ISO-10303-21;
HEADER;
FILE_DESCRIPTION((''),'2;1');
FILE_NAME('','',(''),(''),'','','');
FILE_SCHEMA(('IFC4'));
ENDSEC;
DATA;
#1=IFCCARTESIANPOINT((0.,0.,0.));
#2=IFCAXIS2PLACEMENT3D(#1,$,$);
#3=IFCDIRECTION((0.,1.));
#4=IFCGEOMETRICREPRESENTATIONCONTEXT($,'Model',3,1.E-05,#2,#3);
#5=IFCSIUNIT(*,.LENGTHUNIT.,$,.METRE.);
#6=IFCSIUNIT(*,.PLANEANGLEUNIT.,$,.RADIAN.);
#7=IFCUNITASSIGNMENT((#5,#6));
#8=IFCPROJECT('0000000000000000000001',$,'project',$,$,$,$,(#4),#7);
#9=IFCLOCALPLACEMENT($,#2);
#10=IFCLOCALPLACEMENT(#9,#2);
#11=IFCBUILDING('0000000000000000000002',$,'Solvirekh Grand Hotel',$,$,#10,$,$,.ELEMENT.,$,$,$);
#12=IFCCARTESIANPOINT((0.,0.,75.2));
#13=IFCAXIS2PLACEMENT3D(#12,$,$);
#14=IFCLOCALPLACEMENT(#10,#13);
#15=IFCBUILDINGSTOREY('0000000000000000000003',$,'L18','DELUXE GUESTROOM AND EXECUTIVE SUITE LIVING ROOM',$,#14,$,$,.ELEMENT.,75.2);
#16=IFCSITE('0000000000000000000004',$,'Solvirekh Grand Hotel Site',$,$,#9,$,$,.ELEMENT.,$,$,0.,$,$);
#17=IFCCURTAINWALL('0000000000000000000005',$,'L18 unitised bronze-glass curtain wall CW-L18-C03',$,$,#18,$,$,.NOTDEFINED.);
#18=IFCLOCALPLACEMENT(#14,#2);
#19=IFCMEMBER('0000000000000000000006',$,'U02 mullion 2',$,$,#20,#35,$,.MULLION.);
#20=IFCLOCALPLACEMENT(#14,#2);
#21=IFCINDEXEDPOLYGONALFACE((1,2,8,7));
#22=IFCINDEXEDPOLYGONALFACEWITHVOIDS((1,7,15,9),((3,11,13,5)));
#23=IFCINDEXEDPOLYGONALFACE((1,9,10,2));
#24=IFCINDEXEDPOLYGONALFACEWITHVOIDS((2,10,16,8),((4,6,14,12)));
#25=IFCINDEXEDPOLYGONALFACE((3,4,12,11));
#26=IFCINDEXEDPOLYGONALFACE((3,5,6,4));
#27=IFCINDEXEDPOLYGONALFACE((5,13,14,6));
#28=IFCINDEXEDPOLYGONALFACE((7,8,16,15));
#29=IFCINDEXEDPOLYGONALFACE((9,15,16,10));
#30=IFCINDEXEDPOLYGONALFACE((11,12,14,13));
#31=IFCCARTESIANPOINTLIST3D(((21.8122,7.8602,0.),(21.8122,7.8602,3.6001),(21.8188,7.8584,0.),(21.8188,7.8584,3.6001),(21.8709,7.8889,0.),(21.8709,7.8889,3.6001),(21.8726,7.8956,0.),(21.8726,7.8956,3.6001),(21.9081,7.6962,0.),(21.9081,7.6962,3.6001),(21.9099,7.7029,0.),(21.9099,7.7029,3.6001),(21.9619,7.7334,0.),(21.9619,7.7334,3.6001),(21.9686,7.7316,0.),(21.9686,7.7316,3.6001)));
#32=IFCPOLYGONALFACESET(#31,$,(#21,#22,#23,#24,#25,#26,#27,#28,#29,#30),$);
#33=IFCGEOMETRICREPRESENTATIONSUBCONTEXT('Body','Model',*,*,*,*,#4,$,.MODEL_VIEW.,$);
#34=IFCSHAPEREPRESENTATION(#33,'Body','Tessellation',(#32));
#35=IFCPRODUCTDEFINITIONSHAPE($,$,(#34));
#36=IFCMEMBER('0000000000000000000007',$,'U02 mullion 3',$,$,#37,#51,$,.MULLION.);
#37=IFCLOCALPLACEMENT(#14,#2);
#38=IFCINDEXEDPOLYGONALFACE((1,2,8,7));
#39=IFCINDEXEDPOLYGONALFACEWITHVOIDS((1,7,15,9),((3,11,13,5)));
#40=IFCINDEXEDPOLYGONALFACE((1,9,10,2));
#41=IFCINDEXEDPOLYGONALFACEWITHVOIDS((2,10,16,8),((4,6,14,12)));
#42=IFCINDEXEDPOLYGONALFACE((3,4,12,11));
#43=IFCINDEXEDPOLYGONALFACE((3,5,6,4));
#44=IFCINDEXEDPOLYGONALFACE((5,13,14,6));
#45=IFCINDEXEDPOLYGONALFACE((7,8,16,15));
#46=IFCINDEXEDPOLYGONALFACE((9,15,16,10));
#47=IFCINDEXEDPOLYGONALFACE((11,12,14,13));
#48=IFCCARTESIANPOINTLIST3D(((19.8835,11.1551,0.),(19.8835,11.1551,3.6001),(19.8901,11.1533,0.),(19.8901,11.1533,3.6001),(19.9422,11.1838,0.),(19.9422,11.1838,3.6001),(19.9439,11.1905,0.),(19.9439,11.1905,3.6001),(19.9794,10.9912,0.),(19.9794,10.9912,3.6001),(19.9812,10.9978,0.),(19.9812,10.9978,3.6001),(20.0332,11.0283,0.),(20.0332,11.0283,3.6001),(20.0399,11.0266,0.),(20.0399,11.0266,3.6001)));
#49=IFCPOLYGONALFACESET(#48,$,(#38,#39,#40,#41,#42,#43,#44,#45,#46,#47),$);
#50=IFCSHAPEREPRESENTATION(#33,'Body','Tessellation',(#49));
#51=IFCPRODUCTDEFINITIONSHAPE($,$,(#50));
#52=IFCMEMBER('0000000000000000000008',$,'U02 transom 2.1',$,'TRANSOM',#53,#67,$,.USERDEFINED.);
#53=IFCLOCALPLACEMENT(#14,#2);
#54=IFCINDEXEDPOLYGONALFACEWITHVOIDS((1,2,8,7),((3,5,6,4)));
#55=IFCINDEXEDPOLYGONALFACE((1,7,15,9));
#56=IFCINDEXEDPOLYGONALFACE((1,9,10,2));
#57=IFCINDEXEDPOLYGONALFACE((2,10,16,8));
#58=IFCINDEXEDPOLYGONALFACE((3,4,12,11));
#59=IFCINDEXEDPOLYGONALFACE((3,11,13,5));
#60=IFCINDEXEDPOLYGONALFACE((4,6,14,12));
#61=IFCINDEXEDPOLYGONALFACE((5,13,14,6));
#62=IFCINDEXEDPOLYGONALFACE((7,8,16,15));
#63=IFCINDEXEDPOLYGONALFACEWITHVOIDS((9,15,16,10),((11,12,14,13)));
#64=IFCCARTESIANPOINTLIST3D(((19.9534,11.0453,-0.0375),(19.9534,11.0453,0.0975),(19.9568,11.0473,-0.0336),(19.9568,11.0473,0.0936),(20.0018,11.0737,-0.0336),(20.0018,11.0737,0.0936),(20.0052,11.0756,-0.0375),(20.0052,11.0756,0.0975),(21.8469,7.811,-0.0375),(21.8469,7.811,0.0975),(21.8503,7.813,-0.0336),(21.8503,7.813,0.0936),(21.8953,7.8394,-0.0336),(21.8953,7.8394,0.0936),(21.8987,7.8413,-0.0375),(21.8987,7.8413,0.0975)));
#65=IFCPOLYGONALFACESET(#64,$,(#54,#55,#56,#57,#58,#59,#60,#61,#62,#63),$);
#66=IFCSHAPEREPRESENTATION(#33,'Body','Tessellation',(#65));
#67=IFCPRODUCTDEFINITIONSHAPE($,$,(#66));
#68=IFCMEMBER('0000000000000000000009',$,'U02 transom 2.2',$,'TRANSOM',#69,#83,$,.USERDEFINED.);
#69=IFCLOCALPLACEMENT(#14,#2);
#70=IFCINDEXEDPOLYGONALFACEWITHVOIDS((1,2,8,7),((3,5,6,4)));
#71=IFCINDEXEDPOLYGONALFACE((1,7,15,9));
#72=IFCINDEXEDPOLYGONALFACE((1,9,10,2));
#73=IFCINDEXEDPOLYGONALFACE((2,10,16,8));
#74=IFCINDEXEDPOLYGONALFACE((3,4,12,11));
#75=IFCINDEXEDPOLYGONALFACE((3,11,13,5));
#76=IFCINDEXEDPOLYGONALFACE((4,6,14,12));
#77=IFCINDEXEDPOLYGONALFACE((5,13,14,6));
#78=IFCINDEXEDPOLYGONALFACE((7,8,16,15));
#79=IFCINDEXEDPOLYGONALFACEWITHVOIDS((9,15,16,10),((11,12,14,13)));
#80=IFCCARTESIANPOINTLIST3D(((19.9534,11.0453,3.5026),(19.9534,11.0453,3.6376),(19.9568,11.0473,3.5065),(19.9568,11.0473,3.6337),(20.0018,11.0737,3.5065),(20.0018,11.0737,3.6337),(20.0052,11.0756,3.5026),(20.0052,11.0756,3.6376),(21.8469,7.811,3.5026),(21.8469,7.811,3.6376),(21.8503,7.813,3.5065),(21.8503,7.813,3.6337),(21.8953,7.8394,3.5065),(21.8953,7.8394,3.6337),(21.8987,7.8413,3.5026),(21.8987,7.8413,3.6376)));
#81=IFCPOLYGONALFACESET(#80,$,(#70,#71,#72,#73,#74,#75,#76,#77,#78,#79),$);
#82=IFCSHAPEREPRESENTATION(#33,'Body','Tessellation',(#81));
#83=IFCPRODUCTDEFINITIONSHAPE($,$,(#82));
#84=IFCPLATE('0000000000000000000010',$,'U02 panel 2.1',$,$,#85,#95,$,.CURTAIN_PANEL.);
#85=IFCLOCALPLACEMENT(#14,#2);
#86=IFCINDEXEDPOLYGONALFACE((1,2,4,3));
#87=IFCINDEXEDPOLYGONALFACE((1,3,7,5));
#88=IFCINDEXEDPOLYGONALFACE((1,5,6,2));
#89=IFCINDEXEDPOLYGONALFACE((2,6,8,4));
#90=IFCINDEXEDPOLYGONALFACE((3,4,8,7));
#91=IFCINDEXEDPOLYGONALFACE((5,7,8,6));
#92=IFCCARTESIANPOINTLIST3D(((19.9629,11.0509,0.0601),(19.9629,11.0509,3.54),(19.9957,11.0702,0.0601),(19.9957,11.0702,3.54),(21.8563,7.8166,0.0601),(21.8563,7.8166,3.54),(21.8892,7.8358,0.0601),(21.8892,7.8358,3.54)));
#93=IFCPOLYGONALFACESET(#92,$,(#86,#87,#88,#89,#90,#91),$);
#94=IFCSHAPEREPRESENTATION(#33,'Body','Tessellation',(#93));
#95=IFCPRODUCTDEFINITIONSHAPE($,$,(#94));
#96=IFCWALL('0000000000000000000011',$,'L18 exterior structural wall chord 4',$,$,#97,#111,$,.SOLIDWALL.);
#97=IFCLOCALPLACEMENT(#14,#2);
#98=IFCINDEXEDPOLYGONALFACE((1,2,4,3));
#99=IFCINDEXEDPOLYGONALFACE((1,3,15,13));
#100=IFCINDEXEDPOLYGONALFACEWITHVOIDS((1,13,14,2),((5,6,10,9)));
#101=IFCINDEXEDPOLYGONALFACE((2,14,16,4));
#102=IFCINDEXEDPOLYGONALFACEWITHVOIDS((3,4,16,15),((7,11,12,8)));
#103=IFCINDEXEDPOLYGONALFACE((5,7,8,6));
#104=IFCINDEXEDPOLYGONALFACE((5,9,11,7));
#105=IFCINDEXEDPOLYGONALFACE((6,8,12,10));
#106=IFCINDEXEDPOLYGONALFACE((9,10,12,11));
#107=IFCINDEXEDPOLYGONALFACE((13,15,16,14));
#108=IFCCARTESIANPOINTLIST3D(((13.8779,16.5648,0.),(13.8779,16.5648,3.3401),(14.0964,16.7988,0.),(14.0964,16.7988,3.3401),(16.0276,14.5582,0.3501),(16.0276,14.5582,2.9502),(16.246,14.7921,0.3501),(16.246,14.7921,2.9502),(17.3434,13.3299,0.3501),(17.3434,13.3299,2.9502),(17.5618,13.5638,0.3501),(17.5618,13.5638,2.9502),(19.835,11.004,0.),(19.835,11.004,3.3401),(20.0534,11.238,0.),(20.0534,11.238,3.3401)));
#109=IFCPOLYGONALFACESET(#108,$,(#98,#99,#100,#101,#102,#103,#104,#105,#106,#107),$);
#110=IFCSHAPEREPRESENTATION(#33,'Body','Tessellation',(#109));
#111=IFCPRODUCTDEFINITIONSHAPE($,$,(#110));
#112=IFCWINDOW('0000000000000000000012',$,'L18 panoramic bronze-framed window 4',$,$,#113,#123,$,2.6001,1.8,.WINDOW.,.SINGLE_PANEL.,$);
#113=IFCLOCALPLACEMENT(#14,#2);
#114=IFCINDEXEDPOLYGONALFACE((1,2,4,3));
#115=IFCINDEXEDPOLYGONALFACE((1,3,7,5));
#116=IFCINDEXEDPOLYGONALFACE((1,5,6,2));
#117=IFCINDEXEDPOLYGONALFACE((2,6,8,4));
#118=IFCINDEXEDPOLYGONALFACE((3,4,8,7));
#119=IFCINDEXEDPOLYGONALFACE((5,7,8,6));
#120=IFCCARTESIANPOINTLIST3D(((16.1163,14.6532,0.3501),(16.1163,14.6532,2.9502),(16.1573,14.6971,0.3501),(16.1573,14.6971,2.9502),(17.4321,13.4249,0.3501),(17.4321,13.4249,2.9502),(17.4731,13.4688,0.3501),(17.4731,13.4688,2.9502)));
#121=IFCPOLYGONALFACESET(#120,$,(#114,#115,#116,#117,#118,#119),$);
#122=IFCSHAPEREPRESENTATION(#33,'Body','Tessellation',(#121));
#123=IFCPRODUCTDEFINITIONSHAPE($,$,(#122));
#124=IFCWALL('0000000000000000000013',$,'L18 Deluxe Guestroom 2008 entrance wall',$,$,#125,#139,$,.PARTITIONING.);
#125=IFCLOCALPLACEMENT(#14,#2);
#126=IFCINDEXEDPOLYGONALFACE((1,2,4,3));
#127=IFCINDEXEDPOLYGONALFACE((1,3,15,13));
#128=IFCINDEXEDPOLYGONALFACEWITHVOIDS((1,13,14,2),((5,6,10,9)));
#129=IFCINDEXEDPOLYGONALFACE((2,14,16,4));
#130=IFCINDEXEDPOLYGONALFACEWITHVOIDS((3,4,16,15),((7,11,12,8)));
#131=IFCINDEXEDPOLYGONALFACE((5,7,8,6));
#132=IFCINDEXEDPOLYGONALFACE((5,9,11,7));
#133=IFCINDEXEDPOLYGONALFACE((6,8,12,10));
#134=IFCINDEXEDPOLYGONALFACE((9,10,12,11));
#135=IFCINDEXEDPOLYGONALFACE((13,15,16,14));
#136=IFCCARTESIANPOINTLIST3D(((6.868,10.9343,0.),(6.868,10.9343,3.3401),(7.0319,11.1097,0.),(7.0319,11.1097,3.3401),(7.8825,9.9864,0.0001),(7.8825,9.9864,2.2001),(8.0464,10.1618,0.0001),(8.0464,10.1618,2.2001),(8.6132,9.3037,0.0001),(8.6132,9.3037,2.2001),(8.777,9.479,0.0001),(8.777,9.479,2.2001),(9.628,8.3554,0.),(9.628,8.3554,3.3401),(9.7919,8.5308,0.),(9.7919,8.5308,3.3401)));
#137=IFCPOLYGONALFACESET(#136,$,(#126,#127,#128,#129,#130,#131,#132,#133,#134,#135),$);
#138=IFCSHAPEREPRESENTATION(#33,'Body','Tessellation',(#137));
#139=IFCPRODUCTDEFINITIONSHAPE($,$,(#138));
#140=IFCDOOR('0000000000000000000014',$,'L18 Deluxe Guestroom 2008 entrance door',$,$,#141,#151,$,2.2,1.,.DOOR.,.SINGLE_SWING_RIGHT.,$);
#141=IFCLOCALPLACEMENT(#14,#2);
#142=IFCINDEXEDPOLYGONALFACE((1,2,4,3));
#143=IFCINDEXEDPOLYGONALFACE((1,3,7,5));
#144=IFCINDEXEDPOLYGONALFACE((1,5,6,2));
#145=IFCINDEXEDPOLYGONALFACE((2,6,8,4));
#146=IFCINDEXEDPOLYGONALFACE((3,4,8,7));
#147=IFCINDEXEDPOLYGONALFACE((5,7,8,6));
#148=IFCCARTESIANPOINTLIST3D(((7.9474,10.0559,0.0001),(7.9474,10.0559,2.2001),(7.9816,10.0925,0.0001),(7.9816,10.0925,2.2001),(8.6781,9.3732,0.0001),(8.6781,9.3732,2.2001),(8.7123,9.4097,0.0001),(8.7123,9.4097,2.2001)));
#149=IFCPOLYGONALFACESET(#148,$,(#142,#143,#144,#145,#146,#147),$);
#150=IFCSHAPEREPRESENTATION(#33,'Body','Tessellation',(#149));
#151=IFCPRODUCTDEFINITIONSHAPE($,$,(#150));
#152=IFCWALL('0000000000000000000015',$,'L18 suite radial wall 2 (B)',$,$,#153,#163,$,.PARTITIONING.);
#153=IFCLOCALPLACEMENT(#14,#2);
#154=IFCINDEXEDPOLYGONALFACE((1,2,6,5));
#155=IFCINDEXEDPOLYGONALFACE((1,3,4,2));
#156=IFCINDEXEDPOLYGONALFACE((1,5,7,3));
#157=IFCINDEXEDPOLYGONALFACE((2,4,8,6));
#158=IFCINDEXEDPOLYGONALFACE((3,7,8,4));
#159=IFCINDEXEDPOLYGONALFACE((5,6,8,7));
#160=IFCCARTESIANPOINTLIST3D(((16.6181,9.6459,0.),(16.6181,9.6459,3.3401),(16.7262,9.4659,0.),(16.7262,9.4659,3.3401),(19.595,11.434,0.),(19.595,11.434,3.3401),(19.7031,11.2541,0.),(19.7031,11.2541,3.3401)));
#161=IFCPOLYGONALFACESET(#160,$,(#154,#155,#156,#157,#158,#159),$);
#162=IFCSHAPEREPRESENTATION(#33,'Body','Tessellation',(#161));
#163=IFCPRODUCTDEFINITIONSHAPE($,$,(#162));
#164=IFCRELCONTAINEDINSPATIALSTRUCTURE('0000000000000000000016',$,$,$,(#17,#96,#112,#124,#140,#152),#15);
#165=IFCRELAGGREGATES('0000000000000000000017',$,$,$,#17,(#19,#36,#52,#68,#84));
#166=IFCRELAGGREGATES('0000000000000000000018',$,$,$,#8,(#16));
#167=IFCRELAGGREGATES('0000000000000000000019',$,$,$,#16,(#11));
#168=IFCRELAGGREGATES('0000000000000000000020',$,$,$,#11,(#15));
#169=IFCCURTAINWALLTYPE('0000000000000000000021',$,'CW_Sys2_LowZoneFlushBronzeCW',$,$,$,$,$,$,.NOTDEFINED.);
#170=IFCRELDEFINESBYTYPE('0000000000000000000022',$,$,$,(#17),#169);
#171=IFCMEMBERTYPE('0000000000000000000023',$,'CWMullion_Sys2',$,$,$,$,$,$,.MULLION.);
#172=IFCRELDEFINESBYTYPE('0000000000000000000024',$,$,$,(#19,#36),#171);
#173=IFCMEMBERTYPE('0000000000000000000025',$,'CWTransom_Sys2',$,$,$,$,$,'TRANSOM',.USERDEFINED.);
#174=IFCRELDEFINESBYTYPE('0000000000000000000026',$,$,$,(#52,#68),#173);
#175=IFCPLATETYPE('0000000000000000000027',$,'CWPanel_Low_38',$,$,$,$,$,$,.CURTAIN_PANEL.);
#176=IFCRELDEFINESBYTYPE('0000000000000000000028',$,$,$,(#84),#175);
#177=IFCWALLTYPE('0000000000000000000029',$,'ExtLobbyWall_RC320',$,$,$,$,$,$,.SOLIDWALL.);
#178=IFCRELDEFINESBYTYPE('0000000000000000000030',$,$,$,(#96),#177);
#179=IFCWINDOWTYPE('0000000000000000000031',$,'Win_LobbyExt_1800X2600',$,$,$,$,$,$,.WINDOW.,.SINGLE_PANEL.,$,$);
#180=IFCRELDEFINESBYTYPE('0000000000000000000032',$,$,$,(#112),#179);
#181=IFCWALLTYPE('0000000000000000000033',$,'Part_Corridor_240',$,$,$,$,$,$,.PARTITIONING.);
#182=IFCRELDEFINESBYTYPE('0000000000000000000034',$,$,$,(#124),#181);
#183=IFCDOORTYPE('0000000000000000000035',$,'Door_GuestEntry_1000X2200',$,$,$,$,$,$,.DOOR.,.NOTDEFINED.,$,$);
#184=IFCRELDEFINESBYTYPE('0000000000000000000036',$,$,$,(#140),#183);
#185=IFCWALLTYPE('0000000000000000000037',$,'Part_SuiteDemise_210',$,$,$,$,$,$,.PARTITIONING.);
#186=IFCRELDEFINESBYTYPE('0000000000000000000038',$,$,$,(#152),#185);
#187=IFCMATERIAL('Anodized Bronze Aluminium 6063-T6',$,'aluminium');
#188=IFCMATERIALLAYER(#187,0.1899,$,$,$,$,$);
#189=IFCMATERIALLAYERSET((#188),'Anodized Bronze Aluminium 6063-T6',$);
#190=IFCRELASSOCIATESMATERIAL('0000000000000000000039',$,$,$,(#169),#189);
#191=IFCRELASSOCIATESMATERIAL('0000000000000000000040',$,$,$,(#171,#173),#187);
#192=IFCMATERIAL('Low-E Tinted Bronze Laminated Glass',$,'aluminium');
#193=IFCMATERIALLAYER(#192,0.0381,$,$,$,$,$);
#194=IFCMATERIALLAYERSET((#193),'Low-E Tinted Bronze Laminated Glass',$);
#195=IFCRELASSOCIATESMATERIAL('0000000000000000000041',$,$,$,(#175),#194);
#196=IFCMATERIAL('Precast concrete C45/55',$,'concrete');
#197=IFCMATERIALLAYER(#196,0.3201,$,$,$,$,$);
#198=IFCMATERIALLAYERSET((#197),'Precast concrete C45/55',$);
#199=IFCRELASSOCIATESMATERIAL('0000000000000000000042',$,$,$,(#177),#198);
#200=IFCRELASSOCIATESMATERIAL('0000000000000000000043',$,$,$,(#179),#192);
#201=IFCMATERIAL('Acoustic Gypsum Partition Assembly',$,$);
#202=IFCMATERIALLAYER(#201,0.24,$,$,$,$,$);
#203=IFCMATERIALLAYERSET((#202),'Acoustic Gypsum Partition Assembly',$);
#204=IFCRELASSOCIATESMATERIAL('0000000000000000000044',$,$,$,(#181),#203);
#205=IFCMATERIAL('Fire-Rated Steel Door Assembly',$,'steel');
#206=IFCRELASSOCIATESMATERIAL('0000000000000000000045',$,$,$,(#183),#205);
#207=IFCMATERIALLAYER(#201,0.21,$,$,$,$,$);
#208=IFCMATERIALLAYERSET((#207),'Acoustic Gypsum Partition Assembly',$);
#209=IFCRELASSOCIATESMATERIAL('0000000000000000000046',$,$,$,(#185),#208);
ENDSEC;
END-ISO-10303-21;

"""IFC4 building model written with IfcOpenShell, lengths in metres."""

from ifc_helpers import new_model, si_unit, direction, frame, frame_2d, origin, origin_2d, place, context, subcontext, project, spatial, rectangle, hollow_rectangle, extrude, source, transform, mapped, material, layer, layer_set, material_profile, profile_set, type_object, element, fill, aggregate, save


model = new_model("IFC4")

# Units and contexts
model_context = context("Model", 3, precision=1e-05, world=origin(), true_north=direction((0.0, 1.0)))
body_context = subcontext(model_context, "Body", "Model", "MODEL_VIEW")
ifc_project = project(units=[si_unit("LENGTHUNIT", "METRE"), si_unit("PLANEANGLEUNIT", "RADIAN")], contexts=[model_context])

# Site, building, storey
site_placement = place(None, origin())
site = spatial("IfcSite", under=ifc_project, at=site_placement, Name="Solvirekh Grand Hotel Site", CompositionType="ELEMENT", RefElevation=0.0)
building_placement = place(site_placement, origin())
building = spatial("IfcBuilding", under=site, at=building_placement, Name="Solvirekh Grand Hotel", CompositionType="ELEMENT")
storey_placement = place(building_placement, frame((0.0, 0.0, 75.2)))
storey = spatial("IfcBuildingStorey", under=building, at=storey_placement, Name="L18", Description="DELUXE GUESTROOM AND EXECUTIVE SUITE LIVING ROOM", CompositionType="ELEMENT", Elevation=75.2)

# Curtain wall, members, plate
ifc_material_1 = material(Name="Anodized Bronze Aluminium 6063-T6", Category="aluminium")
ifc_layer_1 = layer(ifc_material_1, 0.1899)
ifc_layer_set_1 = layer_set([ifc_layer_1], Name="Anodized Bronze Aluminium 6063-T6")
curtain_wall_type = type_object("IfcCurtainWallType", Name="CW_Sys2_LowZoneFlushBronzeCW", PredefinedType="NOTDEFINED", material=ifc_layer_set_1)
curtain_wall_placement = place(storey_placement, origin())
curtain_wall = element("IfcCurtainWall", 1, at=curtain_wall_placement, inside=storey, type_object=curtain_wall_type, Name="L18 unitised bronze-glass curtain wall CW-L18-C03", PredefinedType="NOTDEFINED")
ifc_material_profile_1 = material_profile(ifc_material_1, hollow_rectangle(XDim=0.0701, YDim=0.1899, WallThickness=0.0049, at=origin_2d()), Name="ALU RHS 190X70X5")
ifc_profile_set_1 = profile_set([ifc_material_profile_1], Name="Anodized Bronze Aluminium 6063-T6")
member_type_1 = type_object("IfcMemberType", Name="CWMullion_Sys2", PredefinedType="MULLION", material=ifc_profile_set_1)
shared_shape_1 = source(origin(), body_context, "Body", "SweptSolid", [
    extrude(hollow_rectangle(XDim=0.0701, YDim=0.1899, WallThickness=0.0049, at=origin_2d()), origin(), (0.0, 0.0, 1.0), 3.6001),
])
member_1_placement = place(storey_placement, frame((21.8904, 7.7959, 0.0), z_axis=(0.0, 0.0, 1.0), x_axis=(-0.862997, -0.50521, 0.0)))
member_1 = element("IfcMember", 2, at=member_1_placement, type_object=member_type_1, Name="U02 mullion 2", PredefinedType="MULLION", context=body_context, shape_type="MappedRepresentation", body=[
    mapped(shared_shape_1, transform((0.0, 0.0, 0.0), x_axis=(1.0, 0.0, 0.0), y_axis=(0.0, 1.0, 0.0), z_axis=(0.0, 0.0, 1.0), scale=1.0)),
])
member_2_placement = place(storey_placement, frame((19.9617, 11.0908, 0.0), z_axis=(0.0, 0.0, 1.0), x_axis=(-0.862997, -0.50521, 0.0)))
member_2 = element("IfcMember", 3, at=member_2_placement, type_object=member_type_1, Name="U02 mullion 3", PredefinedType="MULLION", context=body_context, shape_type="MappedRepresentation", body=[
    mapped(shared_shape_1, transform((0.0, 0.0, 0.0), x_axis=(1.0, 0.0, 0.0), y_axis=(0.0, 1.0, 0.0), z_axis=(0.0, 0.0, 1.0), scale=1.0)),
])
ifc_material_profile_2 = material_profile(ifc_material_1, hollow_rectangle(XDim=0.0601, YDim=0.135, WallThickness=0.0039, at=origin_2d()), Name="ALU RHS 135X60X4")
ifc_profile_set_2 = profile_set([ifc_material_profile_2], Name="Anodized Bronze Aluminium 6063-T6")
member_type_2 = type_object("IfcMemberType", Name="CWTransom_Sys2", ElementType="TRANSOM", PredefinedType="USERDEFINED", material=ifc_profile_set_2)
shared_shape_2 = source(origin(), body_context, "Body", "SweptSolid", [
    extrude(hollow_rectangle(XDim=0.0601, YDim=0.135, WallThickness=0.0039, at=origin_2d()), origin(), (0.0, 0.0, 1.0), 3.7478),
])
member_3_placement = place(storey_placement, frame((21.8728, 7.8262, 0.03), z_axis=(-0.505231, 0.862984, 0.0), x_axis=(-0.862984, -0.505231, 0.0)))
member_3 = element("IfcMember", 4, at=member_3_placement, type_object=member_type_2, Name="U02 transom 2.1", ObjectType="TRANSOM", PredefinedType="USERDEFINED", context=body_context, shape_type="MappedRepresentation", body=[
    mapped(shared_shape_2, transform((0.0, 0.0, 0.0), x_axis=(1.0, 0.0, 0.0), y_axis=(0.0, 1.0, 0.0), z_axis=(0.0, 0.0, 1.0), scale=1.0)),
])
member_4_placement = place(storey_placement, frame((21.8728, 7.8262, 3.5701), z_axis=(-0.505231, 0.862984, 0.0), x_axis=(-0.862984, -0.505231, 0.0)))
member_4 = element("IfcMember", 5, at=member_4_placement, type_object=member_type_2, Name="U02 transom 2.2", ObjectType="TRANSOM", PredefinedType="USERDEFINED", context=body_context, shape_type="MappedRepresentation", body=[
    mapped(shared_shape_2, transform((0.0, 0.0, 0.0), x_axis=(1.0, 0.0, 0.0), y_axis=(0.0, 1.0, 0.0), z_axis=(0.0, 0.0, 1.0), scale=1.0)),
])
ifc_material_2 = material(Name="Low-E Tinted Bronze Laminated Glass", Category="aluminium")
ifc_layer_2 = layer(ifc_material_2, 0.0381)
ifc_layer_set_2 = layer_set([ifc_layer_2], Name="Low-E Tinted Bronze Laminated Glass")
plate_type = type_object("IfcPlateType", Name="CWPanel_Low_38", PredefinedType="CURTAIN_PANEL", material=ifc_layer_set_2)
shared_shape_3 = source(origin(), body_context, "Body", "SweptSolid", [
    extrude(rectangle(XDim=3.7478, YDim=0.0381, at=origin_2d()), origin(), (0.0, 0.0, 1.0), 3.48),
])
plate_placement = place(storey_placement, frame((20.926, 9.4434, 0.0601), z_axis=(0.0, 0.0, 1.0), x_axis=(-0.50521, 0.862997, 0.0)))
plate = element("IfcPlate", 6, at=plate_placement, type_object=plate_type, Name="U02 panel 2.1", PredefinedType="CURTAIN_PANEL", context=body_context, shape_type="MappedRepresentation", body=[
    mapped(shared_shape_3, transform((0.0, 0.0, 0.0), x_axis=(1.0, 0.0, 0.0), y_axis=(0.0, 1.0, 0.0), z_axis=(0.0, 0.0, 1.0), scale=1.0)),
])
aggregate(curtain_wall, [member_1, member_2, member_3, member_4, plate])

# Wall, opening, window
ifc_material_3 = material(Name="Precast concrete C45/55", Category="concrete")
ifc_layer_3 = layer(ifc_material_3, 0.3201)
ifc_layer_set_3 = layer_set([ifc_layer_3], Name="Precast concrete C45/55")
wall_type_1 = type_object("IfcWallType", Name="ExtLobbyWall_RC320", PredefinedType="SOLIDWALL", material=ifc_layer_set_3)
wall_1_placement = place(storey_placement, frame((13.9871, 16.6819, 0.0), z_axis=(0.0, 0.0, 1.0), x_axis=(0.731, -0.682377, 0.0)))
wall_1 = element("IfcWall", 7, at=wall_1_placement, inside=storey, type_object=wall_type_1, Name="L18 exterior structural wall chord 4", PredefinedType="SOLIDWALL", context=body_context, shape_type="SweptSolid", body=[
    extrude(rectangle(XDim=8.1492, YDim=0.3201, at=frame_2d((4.0747, 0.0))), origin(), (0.0, 0.0, 1.0), 3.3401),
])
opening_1_placement = place(wall_1_placement, frame((2.9409, 0.0, 0.3501)))
opening_1 = element("IfcOpeningElement", 8, at=opening_1_placement, cuts=wall_1, PredefinedType="OPENING", context=body_context, shape_type="SweptSolid", body=[
    extrude(rectangle(XDim=1.8, YDim=2.6001, at=frame_2d((0.8999, 1.3))), frame((0.0, 0.1699, 0.0), z_axis=(0.0, -1.0, 0.0), x_axis=(1.0, 0.0, 0.0)), (0.0, 0.0, 1.0), 0.3401),
])
window_type = type_object("IfcWindowType", Name="Win_LobbyExt_1800X2600", PartitioningType="SINGLE_PANEL", PredefinedType="WINDOW", material=ifc_material_2)
window_placement = place(opening_1_placement, origin())
window = element("IfcWindow", 9, at=window_placement, inside=storey, type_object=window_type, Name="L18 panoramic bronze-framed window 4", OverallHeight=2.6001, OverallWidth=1.8, PartitioningType="SINGLE_PANEL", PredefinedType="WINDOW", context=body_context, shape_type="SweptSolid", body=[
    extrude(rectangle(XDim=1.8, YDim=2.6001, at=frame_2d((0.8999, 1.3))), frame((0.0, 0.03, 0.0), z_axis=(0.0, -1.0, 0.0), x_axis=(1.0, 0.0, 0.0)), (0.0, 0.0, 1.0), 0.0601),
])
fill(opening_1, window)

# Wall, opening, door
ifc_material_4 = material(Name="Acoustic Gypsum Partition Assembly")
ifc_layer_4 = layer(ifc_material_4, 0.24)
ifc_layer_set_4 = layer_set([ifc_layer_4], Name="Acoustic Gypsum Partition Assembly")
wall_type_2 = type_object("IfcWallType", Name="Part_Corridor_240", PredefinedType="PARTITIONING", material=ifc_layer_set_4)
wall_2_placement = place(storey_placement, frame((9.71, 8.4431, 0.0), z_axis=(0.0, 0.0, 1.0), x_axis=(-0.730679, 0.682721, 0.0)))
wall_2 = element("IfcWall", 10, at=wall_2_placement, inside=storey, type_object=wall_type_2, Name="L18 Deluxe Guestroom 2008 entrance wall", PredefinedType="PARTITIONING", context=body_context, shape_type="SweptSolid", body=[
    extrude(rectangle(XDim=3.7773, YDim=0.24, at=frame_2d((1.8887, 0.0))), origin(), (0.0, 0.0, 1.0), 3.3401),
])
opening_2_placement = place(wall_2_placement, frame((1.3889, 0.0, 0.0)))
opening_2 = element("IfcOpeningElement", 11, at=opening_2_placement, cuts=wall_2, PredefinedType="OPENING", context=body_context, shape_type="SweptSolid", body=[
    extrude(rectangle(XDim=1.0, YDim=2.2, at=frame_2d((0.5, 1.1001))), frame((0.0, 0.1299, 0.0), z_axis=(0.0, -1.0, 0.0), x_axis=(1.0, 0.0, 0.0)), (0.0, 0.0, 1.0), 0.26),
])
ifc_material_5 = material(Name="Fire-Rated Steel Door Assembly", Category="steel")
door_type_1 = type_object("IfcDoorType", Name="Door_GuestEntry_1000X2200", OperationType="NOTDEFINED", PredefinedType="DOOR", material=ifc_material_5)
door_1_placement = place(opening_2_placement, origin())
door_1 = element("IfcDoor", 12, at=door_1_placement, inside=storey, type_object=door_type_1, Name="L18 Deluxe Guestroom 2008 entrance door", OperationType="SINGLE_SWING_RIGHT", OverallHeight=2.2, OverallWidth=1.0, PredefinedType="DOOR", context=body_context, shape_type="SweptSolid", body=[
    extrude(rectangle(XDim=1.0, YDim=2.2, at=frame_2d((0.5, 1.1001))), frame((0.0, 0.0249, 0.0), z_axis=(0.0, -1.0, 0.0), x_axis=(1.0, 0.0, 0.0)), (0.0, 0.0, 1.0), 0.05),
])
fill(opening_2, door_1)

# Wall
ifc_layer_5 = layer(ifc_material_4, 0.21)
ifc_layer_set_5 = layer_set([ifc_layer_5], Name="Acoustic Gypsum Partition Assembly")
wall_type_3 = type_object("IfcWallType", Name="Part_SuiteDemise_210", PredefinedType="PARTITIONING", material=ifc_layer_set_5)
wall_3_placement = place(storey_placement, frame((16.6721, 9.5559, 0.0), z_axis=(0.0, 0.0, 1.0), x_axis=(0.857238, 0.51492, 0.0)))
element("IfcWall", 13, at=wall_3_placement, inside=storey, type_object=wall_type_3, Name="L18 suite radial wall 2 (B)", PredefinedType="PARTITIONING", context=body_context, shape_type="SweptSolid", body=[
    extrude(rectangle(XDim=3.4727, YDim=0.21, at=frame_2d((1.7363, 0.0))), origin(), (0.0, 0.0, 1.0), 3.3401),
])

save(model, "model.ifc")
